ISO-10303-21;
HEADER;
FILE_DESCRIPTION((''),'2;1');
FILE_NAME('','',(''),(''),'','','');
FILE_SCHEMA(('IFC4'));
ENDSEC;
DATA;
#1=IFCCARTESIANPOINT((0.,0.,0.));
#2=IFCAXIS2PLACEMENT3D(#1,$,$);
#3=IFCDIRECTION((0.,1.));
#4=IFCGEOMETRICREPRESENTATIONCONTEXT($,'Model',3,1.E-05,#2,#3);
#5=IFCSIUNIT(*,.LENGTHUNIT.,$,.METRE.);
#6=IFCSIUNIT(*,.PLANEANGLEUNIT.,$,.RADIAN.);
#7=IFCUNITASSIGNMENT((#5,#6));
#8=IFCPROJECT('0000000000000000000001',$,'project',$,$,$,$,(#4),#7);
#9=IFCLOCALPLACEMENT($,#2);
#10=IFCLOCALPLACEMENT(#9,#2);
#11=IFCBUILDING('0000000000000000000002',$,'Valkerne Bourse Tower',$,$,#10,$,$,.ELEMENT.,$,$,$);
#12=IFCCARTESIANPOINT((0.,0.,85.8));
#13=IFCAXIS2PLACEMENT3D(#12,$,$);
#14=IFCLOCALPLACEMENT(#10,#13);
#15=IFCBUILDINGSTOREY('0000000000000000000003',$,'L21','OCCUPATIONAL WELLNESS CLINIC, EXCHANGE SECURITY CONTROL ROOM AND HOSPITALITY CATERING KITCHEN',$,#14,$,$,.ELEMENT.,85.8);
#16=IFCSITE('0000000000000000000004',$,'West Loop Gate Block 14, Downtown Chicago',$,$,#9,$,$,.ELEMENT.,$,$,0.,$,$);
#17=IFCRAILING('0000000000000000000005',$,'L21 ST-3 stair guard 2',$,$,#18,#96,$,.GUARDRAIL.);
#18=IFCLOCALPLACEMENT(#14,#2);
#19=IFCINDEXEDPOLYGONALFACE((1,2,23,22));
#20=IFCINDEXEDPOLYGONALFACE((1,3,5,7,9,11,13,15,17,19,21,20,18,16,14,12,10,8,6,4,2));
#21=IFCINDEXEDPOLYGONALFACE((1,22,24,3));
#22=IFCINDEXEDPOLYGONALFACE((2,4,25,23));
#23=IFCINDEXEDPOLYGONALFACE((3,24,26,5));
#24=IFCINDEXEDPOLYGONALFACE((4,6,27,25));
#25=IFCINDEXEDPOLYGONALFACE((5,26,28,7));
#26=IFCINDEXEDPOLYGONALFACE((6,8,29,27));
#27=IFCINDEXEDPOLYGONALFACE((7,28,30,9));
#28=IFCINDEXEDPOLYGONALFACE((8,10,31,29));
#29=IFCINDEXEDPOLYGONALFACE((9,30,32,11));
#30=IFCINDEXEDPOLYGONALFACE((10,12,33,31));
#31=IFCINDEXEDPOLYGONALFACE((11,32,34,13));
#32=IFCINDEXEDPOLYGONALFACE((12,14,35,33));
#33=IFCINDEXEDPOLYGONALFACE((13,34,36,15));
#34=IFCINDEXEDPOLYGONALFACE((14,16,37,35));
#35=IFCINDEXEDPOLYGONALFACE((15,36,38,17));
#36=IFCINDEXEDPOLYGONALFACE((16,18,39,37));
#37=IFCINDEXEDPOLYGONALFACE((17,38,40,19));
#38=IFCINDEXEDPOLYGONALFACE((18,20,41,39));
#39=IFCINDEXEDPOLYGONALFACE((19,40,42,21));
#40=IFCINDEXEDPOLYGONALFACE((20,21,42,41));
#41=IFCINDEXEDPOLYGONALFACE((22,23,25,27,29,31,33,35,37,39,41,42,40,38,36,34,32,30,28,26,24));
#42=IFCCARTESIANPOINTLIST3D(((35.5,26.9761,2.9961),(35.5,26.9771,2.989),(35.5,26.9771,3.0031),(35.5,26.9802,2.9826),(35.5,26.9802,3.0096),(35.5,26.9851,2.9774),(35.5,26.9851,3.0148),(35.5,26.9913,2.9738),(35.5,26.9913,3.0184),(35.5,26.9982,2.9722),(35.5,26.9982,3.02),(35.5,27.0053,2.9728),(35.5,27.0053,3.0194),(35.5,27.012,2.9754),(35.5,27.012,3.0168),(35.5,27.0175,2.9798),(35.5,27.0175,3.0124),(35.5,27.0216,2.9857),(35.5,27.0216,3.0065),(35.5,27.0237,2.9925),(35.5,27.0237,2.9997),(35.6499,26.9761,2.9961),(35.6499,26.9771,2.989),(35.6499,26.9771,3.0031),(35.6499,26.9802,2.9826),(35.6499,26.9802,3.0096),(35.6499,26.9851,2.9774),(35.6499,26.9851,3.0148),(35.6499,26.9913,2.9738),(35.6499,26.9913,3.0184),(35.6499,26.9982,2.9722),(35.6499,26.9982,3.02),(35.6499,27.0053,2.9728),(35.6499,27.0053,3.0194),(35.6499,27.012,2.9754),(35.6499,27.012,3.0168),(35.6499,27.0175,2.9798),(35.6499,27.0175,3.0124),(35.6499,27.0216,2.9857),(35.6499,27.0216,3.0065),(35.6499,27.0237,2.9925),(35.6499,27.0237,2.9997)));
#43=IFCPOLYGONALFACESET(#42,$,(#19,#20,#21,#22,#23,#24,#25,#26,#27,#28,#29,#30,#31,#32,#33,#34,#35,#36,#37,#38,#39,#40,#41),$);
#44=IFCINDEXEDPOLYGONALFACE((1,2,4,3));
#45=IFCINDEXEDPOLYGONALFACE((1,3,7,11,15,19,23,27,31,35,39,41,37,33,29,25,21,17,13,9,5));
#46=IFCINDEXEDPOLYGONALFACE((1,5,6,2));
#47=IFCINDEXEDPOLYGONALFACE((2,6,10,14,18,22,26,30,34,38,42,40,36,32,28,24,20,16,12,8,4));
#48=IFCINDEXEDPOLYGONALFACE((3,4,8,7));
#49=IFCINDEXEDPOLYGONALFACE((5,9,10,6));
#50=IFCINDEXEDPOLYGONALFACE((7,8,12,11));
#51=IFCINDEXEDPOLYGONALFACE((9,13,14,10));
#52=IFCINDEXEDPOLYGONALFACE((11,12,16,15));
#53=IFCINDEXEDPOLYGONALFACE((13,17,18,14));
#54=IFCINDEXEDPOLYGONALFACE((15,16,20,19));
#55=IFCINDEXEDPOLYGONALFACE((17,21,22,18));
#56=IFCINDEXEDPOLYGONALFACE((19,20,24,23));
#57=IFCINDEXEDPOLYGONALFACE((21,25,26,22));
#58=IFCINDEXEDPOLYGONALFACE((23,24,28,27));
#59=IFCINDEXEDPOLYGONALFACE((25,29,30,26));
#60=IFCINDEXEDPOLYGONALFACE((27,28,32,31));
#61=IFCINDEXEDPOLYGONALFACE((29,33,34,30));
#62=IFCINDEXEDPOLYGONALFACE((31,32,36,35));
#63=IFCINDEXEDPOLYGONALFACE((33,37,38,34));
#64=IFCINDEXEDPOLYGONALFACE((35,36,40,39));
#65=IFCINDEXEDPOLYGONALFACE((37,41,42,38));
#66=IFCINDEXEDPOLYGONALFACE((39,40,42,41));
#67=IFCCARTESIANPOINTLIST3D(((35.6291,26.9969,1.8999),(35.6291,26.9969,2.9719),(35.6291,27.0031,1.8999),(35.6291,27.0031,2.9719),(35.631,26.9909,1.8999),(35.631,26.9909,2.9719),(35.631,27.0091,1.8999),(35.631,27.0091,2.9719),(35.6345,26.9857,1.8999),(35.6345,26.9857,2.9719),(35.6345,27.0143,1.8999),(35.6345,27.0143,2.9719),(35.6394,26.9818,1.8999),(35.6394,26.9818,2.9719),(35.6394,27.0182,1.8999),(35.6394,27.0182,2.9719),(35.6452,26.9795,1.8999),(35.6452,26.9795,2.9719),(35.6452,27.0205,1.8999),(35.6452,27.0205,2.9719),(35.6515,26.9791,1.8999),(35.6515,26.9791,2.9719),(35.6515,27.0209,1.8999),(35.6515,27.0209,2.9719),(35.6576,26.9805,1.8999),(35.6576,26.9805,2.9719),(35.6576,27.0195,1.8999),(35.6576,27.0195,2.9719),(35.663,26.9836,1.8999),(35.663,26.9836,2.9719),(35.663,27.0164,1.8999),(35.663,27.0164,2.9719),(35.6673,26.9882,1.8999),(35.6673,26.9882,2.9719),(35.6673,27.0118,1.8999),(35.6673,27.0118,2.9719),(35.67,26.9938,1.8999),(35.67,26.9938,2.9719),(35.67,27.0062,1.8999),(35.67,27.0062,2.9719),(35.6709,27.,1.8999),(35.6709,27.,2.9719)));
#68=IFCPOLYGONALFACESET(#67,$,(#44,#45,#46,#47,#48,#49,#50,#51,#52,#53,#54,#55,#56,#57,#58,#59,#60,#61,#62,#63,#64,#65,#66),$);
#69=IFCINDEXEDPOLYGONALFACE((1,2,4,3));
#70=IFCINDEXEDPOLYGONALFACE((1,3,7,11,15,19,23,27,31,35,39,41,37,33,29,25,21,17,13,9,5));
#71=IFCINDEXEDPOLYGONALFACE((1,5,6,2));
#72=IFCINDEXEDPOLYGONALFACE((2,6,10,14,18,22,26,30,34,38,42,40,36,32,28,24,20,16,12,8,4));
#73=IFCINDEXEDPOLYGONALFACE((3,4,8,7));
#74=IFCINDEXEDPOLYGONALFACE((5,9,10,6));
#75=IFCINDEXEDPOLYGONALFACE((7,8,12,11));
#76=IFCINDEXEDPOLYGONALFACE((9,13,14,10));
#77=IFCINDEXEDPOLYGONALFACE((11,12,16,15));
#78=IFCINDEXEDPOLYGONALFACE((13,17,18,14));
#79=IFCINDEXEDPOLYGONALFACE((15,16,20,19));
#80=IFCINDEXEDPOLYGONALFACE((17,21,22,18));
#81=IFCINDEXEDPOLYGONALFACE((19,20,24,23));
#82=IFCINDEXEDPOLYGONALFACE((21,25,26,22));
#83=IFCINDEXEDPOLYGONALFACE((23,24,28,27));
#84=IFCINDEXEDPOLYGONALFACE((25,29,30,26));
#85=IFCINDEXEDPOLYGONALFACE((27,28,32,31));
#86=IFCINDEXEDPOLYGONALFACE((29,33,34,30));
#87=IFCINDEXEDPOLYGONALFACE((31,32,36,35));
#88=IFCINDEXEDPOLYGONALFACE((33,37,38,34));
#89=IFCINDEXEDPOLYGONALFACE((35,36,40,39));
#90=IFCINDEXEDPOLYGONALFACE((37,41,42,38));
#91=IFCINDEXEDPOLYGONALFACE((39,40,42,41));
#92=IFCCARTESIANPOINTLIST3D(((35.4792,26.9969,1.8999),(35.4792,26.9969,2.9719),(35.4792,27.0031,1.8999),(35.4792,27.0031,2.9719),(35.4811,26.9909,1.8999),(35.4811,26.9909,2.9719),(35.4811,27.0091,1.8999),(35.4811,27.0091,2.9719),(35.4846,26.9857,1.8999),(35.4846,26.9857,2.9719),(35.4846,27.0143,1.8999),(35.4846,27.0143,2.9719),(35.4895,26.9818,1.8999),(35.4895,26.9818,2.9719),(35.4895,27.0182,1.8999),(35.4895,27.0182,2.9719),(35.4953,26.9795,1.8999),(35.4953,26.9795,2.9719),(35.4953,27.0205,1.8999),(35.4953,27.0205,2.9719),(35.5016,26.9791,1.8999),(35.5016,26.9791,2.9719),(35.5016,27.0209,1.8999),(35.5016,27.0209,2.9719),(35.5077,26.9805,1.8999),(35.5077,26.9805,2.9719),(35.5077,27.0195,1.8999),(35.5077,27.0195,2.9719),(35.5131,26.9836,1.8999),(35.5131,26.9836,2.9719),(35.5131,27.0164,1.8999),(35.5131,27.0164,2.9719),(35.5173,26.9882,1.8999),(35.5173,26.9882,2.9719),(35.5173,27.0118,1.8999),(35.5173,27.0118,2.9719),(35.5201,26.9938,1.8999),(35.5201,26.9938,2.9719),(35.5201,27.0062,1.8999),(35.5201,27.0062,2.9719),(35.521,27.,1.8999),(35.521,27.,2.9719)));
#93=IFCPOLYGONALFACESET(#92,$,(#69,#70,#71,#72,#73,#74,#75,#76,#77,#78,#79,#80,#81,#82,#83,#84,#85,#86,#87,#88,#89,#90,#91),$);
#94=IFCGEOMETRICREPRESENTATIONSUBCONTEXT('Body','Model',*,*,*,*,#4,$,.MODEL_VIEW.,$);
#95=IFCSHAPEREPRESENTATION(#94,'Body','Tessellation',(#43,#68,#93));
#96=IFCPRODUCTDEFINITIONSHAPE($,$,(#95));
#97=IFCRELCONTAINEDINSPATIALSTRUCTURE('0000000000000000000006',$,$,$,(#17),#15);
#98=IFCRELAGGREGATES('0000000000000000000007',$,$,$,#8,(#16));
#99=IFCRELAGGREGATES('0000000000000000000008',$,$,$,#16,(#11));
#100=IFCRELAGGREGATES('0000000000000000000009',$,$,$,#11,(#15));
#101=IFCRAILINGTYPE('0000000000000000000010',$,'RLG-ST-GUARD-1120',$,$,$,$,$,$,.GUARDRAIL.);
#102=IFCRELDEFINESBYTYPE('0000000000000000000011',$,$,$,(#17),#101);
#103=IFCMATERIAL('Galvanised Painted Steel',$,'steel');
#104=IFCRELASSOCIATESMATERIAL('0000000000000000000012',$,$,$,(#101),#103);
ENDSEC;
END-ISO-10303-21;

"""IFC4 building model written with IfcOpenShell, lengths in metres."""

from ifc_helpers import new_model, si_unit, direction, frame, origin, origin_2d, place, context, subcontext, project, spatial, circle, extrude, material, type_object, element, save


model = new_model("IFC4")

# Units and contexts
model_context = context("Model", 3, precision=1e-05, world=origin(), true_north=direction((0.0, 1.0)))
body_context = subcontext(model_context, "Body", "Model", "MODEL_VIEW")
ifc_project = project(units=[si_unit("LENGTHUNIT", "METRE"), si_unit("PLANEANGLEUNIT", "RADIAN")], contexts=[model_context])

# Site, building, storey
site_placement = place(None, origin())
site = spatial("IfcSite", under=ifc_project, at=site_placement, Name="West Loop Gate Block 14, Downtown Chicago", CompositionType="ELEMENT", RefElevation=0.0)
building_placement = place(site_placement, origin())
building = spatial("IfcBuilding", under=site, at=building_placement, Name="Valkerne Bourse Tower", CompositionType="ELEMENT")
storey_placement = place(building_placement, frame((0.0, 0.0, 85.8)))
storey = spatial("IfcBuildingStorey", under=building, at=storey_placement, Name="L21", Description="OCCUPATIONAL WELLNESS CLINIC, EXCHANGE SECURITY CONTROL ROOM AND HOSPITALITY CATERING KITCHEN", CompositionType="ELEMENT", Elevation=85.8)

# Railing
ifc_material_1 = material(Name="Galvanised Painted Steel", Category="steel")
railing_type_1 = type_object("IfcRailingType", Name="RLG-ST-GUARD-1120", PredefinedType="GUARDRAIL", material=ifc_material_1)
railing_1_placement = place(storey_placement, frame((35.6499, 27.0, 1.8999)))
element("IfcRailing", 1, at=railing_1_placement, inside=storey, type_object=railing_type_1, Name="L21 ST-3 stair guard 2", PredefinedType="GUARDRAIL", context=body_context, shape_type="SweptSolid", body=[
    extrude(circle(Radius=0.0239, at=origin_2d()), frame((0.0, 0.0, 1.0962), z_axis=(-1.0, 0.0, 0.0), x_axis=(0.0, -1.0, 0.0)), (0.0, 0.0, 1.0), 0.1499),
    extrude(circle(Radius=0.021, at=origin_2d()), origin(), (0.0, 0.0, 1.0), 1.072),
    extrude(circle(Radius=0.021, at=origin_2d()), frame((-0.1499, 0.0, 0.0)), (0.0, 0.0, 1.0), 1.072),
])

save(model, "model.ifc")
